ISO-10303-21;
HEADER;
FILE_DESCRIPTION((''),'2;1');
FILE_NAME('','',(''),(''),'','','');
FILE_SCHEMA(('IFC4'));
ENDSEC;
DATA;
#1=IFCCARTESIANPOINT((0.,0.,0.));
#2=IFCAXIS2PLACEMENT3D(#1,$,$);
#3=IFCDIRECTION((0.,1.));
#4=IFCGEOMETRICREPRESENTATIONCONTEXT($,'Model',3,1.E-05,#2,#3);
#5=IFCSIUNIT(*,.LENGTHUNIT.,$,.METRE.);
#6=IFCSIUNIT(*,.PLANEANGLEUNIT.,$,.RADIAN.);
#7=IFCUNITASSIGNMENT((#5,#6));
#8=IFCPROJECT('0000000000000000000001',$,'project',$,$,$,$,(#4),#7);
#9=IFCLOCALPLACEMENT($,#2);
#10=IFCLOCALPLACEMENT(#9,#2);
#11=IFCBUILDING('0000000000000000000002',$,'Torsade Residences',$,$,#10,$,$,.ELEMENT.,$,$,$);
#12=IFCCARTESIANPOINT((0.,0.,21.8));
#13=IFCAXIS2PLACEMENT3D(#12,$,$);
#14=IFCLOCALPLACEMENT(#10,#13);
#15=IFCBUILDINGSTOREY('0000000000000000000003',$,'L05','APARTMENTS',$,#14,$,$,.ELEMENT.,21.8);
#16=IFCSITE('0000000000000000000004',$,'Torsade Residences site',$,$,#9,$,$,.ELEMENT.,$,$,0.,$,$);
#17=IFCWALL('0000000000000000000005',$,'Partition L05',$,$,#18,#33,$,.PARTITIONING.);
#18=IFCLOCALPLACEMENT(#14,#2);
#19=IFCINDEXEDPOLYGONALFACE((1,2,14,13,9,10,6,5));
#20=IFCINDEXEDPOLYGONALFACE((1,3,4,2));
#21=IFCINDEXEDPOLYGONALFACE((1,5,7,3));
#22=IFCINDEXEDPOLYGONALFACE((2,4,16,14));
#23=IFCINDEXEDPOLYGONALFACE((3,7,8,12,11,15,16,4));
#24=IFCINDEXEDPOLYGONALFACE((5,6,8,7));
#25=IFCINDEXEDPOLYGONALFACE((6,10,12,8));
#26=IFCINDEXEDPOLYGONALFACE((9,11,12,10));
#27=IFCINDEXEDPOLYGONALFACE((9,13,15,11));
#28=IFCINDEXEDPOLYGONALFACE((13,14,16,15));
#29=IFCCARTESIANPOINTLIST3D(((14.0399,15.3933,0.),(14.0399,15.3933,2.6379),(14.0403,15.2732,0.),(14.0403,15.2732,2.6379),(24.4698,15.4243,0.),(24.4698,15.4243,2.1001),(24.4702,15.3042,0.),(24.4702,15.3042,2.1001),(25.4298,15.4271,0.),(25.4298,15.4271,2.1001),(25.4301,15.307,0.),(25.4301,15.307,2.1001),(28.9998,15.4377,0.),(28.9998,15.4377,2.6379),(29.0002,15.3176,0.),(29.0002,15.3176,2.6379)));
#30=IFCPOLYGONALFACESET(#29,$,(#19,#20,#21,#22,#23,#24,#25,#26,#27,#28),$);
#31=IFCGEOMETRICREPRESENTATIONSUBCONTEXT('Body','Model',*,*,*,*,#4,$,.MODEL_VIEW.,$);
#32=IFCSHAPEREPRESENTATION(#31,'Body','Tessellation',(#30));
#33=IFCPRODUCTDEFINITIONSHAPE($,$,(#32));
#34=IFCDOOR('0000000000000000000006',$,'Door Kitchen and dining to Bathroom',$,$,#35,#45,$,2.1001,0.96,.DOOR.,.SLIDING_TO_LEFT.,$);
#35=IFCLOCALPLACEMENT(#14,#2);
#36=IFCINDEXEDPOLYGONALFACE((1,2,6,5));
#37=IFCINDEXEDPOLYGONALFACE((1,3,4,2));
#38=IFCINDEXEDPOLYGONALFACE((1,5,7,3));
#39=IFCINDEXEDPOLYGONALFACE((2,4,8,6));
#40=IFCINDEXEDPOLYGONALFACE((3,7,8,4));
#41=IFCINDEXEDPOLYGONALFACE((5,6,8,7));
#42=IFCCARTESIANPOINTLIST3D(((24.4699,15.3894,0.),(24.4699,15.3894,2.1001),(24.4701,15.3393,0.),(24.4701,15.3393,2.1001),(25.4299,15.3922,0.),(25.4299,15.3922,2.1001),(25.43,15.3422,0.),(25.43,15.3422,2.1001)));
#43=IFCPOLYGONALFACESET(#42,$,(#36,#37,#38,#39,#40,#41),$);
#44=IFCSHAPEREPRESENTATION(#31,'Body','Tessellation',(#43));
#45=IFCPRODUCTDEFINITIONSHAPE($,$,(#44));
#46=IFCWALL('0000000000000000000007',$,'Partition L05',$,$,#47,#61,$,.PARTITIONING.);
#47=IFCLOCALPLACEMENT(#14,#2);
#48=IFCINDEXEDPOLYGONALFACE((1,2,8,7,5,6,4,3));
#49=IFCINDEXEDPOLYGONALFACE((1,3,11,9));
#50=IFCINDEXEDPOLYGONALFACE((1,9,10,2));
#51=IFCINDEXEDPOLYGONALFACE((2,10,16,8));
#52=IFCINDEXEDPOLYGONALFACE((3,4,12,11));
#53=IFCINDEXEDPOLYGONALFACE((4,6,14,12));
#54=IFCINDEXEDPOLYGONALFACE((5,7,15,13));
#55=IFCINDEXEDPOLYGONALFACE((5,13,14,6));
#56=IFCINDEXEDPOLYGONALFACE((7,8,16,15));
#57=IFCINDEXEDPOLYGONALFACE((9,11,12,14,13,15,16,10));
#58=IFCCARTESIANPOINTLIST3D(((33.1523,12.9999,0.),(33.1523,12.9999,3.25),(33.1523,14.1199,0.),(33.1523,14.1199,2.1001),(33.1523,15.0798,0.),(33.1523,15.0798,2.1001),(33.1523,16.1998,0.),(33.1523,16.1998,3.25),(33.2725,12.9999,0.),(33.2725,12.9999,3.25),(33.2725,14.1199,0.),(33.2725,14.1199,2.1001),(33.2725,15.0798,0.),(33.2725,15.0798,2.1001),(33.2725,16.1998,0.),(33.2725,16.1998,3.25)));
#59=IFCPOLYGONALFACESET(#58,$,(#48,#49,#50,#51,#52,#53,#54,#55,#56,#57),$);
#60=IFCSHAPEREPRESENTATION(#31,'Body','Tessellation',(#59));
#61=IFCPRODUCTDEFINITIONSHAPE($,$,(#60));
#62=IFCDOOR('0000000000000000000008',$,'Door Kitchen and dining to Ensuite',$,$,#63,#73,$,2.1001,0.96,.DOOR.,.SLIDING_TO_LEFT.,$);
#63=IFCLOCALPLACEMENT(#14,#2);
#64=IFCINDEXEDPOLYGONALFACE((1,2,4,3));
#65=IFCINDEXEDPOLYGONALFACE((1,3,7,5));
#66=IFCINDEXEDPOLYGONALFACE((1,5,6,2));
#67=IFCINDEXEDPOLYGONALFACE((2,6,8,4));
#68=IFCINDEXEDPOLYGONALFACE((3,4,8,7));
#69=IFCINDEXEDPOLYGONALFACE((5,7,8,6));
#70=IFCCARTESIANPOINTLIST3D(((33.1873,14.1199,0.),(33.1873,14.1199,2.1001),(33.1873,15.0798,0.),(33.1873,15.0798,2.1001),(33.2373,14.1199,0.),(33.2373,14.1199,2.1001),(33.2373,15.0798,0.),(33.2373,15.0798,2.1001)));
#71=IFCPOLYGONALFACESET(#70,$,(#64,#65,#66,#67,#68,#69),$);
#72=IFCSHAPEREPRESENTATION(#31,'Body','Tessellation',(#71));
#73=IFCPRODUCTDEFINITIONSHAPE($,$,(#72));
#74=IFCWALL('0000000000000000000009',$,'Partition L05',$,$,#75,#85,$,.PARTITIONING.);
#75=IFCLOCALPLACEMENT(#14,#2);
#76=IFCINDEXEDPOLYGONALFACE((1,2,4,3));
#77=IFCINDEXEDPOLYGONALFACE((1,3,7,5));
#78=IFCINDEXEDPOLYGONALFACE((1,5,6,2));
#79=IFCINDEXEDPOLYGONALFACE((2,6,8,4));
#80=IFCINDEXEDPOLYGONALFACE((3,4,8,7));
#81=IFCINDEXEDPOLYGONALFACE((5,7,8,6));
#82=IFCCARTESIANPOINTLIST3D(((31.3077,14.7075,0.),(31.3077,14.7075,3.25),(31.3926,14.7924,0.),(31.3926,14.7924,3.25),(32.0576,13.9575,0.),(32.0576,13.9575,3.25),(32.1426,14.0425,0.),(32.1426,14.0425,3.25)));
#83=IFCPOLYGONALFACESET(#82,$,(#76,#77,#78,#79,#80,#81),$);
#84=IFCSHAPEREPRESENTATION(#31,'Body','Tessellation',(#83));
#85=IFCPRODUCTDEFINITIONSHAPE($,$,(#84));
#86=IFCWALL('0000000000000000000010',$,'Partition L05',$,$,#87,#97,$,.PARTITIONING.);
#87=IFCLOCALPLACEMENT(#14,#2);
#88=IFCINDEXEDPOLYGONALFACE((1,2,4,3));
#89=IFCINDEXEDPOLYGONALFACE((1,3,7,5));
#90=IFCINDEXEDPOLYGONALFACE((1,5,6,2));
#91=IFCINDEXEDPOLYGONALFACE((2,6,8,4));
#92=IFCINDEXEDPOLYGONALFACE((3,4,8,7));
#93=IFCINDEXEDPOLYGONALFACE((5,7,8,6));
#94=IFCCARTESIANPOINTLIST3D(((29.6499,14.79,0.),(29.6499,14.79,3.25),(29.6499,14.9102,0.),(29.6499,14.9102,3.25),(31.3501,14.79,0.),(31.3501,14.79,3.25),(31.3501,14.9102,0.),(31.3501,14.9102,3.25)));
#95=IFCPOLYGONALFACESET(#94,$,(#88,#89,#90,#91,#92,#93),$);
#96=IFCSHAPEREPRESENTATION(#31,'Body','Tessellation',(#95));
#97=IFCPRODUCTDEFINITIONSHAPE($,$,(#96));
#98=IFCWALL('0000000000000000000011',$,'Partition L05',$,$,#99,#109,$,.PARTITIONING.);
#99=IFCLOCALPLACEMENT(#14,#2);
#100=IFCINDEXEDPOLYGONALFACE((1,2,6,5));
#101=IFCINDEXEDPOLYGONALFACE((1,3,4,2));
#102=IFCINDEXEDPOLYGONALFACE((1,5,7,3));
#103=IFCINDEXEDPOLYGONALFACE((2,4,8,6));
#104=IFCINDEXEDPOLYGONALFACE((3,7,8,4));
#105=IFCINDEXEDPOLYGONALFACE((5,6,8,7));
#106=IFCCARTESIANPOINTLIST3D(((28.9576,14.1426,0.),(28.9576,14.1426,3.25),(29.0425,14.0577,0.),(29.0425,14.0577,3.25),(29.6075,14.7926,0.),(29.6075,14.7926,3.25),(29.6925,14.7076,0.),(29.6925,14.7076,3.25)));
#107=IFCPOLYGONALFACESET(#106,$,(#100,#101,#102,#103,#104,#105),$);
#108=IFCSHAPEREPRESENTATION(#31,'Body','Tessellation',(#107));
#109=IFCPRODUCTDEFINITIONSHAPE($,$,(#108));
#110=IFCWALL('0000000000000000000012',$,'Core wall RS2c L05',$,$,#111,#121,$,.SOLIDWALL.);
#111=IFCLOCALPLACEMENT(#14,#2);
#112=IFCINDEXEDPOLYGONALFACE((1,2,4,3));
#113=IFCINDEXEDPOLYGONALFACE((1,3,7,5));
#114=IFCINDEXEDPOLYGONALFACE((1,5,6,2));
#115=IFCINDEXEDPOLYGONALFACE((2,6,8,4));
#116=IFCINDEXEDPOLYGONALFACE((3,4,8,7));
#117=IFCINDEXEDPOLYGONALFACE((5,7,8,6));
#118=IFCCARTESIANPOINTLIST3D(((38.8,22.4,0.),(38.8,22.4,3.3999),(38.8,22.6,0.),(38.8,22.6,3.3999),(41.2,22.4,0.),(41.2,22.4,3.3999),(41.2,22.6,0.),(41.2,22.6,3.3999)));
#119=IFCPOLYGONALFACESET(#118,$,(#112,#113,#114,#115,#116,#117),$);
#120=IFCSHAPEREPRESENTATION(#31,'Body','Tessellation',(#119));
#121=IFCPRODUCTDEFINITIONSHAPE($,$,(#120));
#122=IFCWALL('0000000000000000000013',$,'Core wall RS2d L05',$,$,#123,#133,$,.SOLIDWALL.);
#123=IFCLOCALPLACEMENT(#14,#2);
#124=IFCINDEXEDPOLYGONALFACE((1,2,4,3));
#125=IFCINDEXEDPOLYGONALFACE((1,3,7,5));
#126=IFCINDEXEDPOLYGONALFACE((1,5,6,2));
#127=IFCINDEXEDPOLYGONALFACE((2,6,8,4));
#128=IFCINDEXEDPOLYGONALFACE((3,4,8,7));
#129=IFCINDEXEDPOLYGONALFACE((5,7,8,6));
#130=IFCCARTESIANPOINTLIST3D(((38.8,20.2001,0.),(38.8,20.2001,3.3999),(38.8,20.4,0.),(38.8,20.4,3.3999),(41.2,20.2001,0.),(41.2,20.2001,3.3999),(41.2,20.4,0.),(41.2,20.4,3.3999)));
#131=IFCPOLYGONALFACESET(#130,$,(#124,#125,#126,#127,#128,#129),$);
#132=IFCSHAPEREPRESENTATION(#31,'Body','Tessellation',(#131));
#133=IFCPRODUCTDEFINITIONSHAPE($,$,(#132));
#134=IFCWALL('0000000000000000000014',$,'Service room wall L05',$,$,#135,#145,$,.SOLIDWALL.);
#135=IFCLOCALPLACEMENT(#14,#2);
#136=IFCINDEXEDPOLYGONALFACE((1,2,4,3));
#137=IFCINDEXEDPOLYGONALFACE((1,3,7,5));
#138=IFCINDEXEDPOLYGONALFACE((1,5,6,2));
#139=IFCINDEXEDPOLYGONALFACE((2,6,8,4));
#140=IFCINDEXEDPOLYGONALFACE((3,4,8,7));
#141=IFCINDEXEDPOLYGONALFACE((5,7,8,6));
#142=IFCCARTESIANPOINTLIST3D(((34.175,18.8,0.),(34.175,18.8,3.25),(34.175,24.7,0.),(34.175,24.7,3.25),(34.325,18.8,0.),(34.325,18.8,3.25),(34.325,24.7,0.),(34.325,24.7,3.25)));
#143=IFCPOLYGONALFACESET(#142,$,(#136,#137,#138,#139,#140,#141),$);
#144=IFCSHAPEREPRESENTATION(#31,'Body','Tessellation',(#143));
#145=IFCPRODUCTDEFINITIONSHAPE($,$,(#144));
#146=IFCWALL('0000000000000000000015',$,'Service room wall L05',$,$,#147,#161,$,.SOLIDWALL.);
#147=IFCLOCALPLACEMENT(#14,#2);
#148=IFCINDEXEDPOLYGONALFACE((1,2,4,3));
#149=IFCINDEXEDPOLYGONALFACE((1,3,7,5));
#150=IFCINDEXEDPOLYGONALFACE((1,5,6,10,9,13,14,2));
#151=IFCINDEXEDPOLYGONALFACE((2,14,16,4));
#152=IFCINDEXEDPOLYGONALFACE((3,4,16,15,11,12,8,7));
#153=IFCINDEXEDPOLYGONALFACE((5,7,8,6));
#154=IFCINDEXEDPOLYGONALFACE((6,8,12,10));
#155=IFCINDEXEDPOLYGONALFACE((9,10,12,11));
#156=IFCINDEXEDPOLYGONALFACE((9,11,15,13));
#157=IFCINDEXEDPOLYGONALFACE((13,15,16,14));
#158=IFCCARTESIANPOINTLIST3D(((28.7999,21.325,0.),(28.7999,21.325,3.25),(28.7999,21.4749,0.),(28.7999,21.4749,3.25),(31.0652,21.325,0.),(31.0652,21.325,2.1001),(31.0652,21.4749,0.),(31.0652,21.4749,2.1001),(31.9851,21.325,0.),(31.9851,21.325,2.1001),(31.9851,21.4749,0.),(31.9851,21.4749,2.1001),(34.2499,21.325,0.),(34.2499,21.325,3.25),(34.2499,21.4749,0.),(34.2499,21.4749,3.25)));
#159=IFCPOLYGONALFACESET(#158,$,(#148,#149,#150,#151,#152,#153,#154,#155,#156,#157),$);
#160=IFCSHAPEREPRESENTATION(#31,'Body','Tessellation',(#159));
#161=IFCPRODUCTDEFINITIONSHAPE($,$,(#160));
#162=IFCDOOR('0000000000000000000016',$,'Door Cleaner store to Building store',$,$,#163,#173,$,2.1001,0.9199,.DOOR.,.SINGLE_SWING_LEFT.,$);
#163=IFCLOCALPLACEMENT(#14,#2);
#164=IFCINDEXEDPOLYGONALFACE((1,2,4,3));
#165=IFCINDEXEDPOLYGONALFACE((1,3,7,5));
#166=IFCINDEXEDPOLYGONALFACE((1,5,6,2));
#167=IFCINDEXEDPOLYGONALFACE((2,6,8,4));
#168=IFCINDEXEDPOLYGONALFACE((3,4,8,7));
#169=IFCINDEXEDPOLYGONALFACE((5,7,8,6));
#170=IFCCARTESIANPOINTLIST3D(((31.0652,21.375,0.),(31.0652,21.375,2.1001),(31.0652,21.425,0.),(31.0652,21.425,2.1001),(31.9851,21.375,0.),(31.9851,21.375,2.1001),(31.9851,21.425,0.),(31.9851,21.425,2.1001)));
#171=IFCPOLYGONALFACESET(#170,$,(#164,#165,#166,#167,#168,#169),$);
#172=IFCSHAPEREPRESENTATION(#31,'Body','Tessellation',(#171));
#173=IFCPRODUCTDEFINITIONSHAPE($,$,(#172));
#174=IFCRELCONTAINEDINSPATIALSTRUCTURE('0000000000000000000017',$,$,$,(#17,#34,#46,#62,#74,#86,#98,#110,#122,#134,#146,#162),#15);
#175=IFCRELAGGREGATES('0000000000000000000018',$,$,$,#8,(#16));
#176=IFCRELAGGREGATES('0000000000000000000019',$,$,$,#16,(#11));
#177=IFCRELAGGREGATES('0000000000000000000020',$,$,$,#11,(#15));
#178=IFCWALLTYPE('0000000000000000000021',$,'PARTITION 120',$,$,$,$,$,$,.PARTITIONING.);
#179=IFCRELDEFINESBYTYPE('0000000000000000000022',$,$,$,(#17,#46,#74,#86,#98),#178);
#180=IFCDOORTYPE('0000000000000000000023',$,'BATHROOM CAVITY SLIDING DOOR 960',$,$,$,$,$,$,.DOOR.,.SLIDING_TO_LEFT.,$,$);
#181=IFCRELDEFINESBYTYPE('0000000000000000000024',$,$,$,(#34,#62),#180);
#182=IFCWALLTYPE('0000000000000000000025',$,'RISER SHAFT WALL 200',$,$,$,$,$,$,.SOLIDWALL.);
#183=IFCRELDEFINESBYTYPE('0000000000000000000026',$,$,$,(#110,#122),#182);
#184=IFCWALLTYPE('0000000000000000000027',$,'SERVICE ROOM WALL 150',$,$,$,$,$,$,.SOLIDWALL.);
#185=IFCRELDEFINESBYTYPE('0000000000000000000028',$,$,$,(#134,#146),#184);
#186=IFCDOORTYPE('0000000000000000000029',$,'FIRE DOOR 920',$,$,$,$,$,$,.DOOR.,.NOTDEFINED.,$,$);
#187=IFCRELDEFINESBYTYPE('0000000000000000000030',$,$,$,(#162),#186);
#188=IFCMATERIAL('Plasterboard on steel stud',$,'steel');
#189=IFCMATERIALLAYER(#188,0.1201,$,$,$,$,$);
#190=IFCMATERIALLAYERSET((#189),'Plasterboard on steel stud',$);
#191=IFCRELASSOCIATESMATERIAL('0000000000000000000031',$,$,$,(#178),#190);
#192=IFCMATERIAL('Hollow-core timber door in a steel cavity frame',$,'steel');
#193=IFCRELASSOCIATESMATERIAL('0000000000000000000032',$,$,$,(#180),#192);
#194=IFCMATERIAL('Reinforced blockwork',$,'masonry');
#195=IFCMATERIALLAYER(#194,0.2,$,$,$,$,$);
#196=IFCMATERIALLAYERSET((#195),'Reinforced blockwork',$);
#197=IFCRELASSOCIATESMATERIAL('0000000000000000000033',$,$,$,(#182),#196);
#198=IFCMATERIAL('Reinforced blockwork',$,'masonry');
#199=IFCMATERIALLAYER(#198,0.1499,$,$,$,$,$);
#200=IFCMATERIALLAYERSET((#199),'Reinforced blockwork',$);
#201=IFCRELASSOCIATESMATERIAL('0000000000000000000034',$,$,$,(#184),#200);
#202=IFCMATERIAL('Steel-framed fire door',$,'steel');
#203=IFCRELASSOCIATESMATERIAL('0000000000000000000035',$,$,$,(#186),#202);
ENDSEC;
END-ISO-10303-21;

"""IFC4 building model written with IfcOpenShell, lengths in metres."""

from ifc_helpers import new_model, si_unit, direction, frame, frame_2d, origin, place, context, subcontext, project, spatial, rectangle, extrude, material, layer, layer_set, type_object, element, fill, save


model = new_model("IFC4")

# Units and contexts
model_context = context("Model", 3, precision=1e-05, world=origin(), true_north=direction((0.0, 1.0)))
body_context = subcontext(model_context, "Body", "Model", "MODEL_VIEW")
ifc_project = project(units=[si_unit("LENGTHUNIT", "METRE"), si_unit("PLANEANGLEUNIT", "RADIAN")], contexts=[model_context])

# Site, building, storey
site_placement = place(None, origin())
site = spatial("IfcSite", under=ifc_project, at=site_placement, Name="Torsade Residences site", CompositionType="ELEMENT", RefElevation=0.0)
building_placement = place(site_placement, origin())
building = spatial("IfcBuilding", under=site, at=building_placement, Name="Torsade Residences", CompositionType="ELEMENT")
storey_placement = place(building_placement, frame((0.0, 0.0, 21.8)))
storey = spatial("IfcBuildingStorey", under=building, at=storey_placement, Name="L05", Description="APARTMENTS", CompositionType="ELEMENT", Elevation=21.8)

# Walls, openings, doors
ifc_material_1 = material(Name="Plasterboard on steel stud", Category="steel")
ifc_layer_1 = layer(ifc_material_1, 0.1201)
ifc_layer_set_1 = layer_set([ifc_layer_1], Name="Plasterboard on steel stud")
wall_type_1 = type_object("IfcWallType", Name="PARTITION 120", PredefinedType="PARTITIONING", material=ifc_layer_set_1)
wall_1_placement = place(storey_placement, frame((29.0, 15.3777, 0.0), z_axis=(0.0, 0.0, 1.0), x_axis=(-0.999996, -0.00297, 0.0)))
wall_1 = element("IfcWall", 1, at=wall_1_placement, inside=storey, type_object=wall_type_1, Name="Partition L05", PredefinedType="PARTITIONING", context=body_context, shape_type="SweptSolid", body=[
    extrude(rectangle(XDim=14.96, YDim=0.1201, at=frame_2d((7.48, 0.0))), origin(), (0.0, 0.0, 1.0), 2.6379),
])
opening_1_placement = place(wall_1_placement, frame((3.5701, 0.0, 0.0)))
opening_1 = element("IfcOpeningElement", 2, at=opening_1_placement, cuts=wall_1, PredefinedType="OPENING", context=body_context, shape_type="SweptSolid", body=[
    extrude(rectangle(XDim=0.96, YDim=2.1001, at=frame_2d((0.48, 1.05))), frame((0.0, 0.0701, 0.0), z_axis=(0.0, -1.0, 0.0), x_axis=(1.0, 0.0, 0.0)), (0.0, 0.0, 1.0), 0.1401),
])
ifc_material_2 = material(Name="Hollow-core timber door in a steel cavity frame", Category="steel")
door_type_1 = type_object("IfcDoorType", Name="BATHROOM CAVITY SLIDING DOOR 960", OperationType="SLIDING_TO_LEFT", PredefinedType="DOOR", material=ifc_material_2)
door_1_placement = place(opening_1_placement, origin())
door_1 = element("IfcDoor", 3, at=door_1_placement, inside=storey, type_object=door_type_1, Name="Door Kitchen and dining to Bathroom", OperationType="SLIDING_TO_LEFT", OverallHeight=2.1001, OverallWidth=0.96, PredefinedType="DOOR", context=body_context, shape_type="SweptSolid", body=[
    extrude(rectangle(XDim=0.96, YDim=2.1001, at=frame_2d((0.48, 1.05))), frame((0.0, 0.0249, 0.0), z_axis=(0.0, -1.0, 0.0), x_axis=(1.0, 0.0, 0.0)), (0.0, 0.0, 1.0), 0.05),
])
fill(opening_1, door_1)
wall_2_placement = place(storey_placement, frame((33.2124, 16.2, 0.0), z_axis=(0.0, 0.0, 1.0), x_axis=(0.0, -1.0, 0.0)))
wall_2 = element("IfcWall", 4, at=wall_2_placement, inside=storey, type_object=wall_type_1, Name="Partition L05", PredefinedType="PARTITIONING", context=body_context, shape_type="SweptSolid", body=[
    extrude(rectangle(XDim=3.2, YDim=0.1201, at=frame_2d((1.6001, 0.0))), origin(), (0.0, 0.0, 1.0), 3.25),
])
opening_2_placement = place(wall_2_placement, frame((1.1201, 0.0, 0.0)))
opening_2 = element("IfcOpeningElement", 5, at=opening_2_placement, cuts=wall_2, PredefinedType="OPENING", context=body_context, shape_type="SweptSolid", body=[
    extrude(rectangle(XDim=0.96, YDim=2.1001, at=frame_2d((0.48, 1.05))), frame((0.0, 0.0701, 0.0), z_axis=(0.0, -1.0, 0.0), x_axis=(1.0, 0.0, 0.0)), (0.0, 0.0, 1.0), 0.1401),
])
door_2_placement = place(opening_2_placement, origin())
door_2 = element("IfcDoor", 6, at=door_2_placement, inside=storey, type_object=door_type_1, Name="Door Kitchen and dining to Ensuite", OperationType="SLIDING_TO_LEFT", OverallHeight=2.1001, OverallWidth=0.96, PredefinedType="DOOR", context=body_context, shape_type="SweptSolid", body=[
    extrude(rectangle(XDim=0.96, YDim=2.1001, at=frame_2d((0.48, 1.05))), frame((0.0, 0.0249, 0.0), z_axis=(0.0, -1.0, 0.0), x_axis=(1.0, 0.0, 0.0)), (0.0, 0.0, 1.0), 0.05),
])
fill(opening_2, door_2)

# Walls
wall_3_placement = place(storey_placement, frame((32.1001, 14.0, 0.0), z_axis=(0.0, 0.0, 1.0), x_axis=(-0.707107, 0.707107, 0.0)))
element("IfcWall", 7, at=wall_3_placement, inside=storey, type_object=wall_type_1, Name="Partition L05", PredefinedType="PARTITIONING", context=body_context, shape_type="SweptSolid", body=[
    extrude(rectangle(XDim=1.0605, YDim=0.1201, at=frame_2d((0.5303, 0.0))), origin(), (0.0, 0.0, 1.0), 3.25),
])
wall_4_placement = place(storey_placement, frame((31.3501, 14.8501, 0.0), z_axis=(0.0, 0.0, 1.0), x_axis=(-1.0, 0.0, 0.0)))
element("IfcWall", 8, at=wall_4_placement, inside=storey, type_object=wall_type_1, Name="Partition L05", PredefinedType="PARTITIONING", context=body_context, shape_type="SweptSolid", body=[
    extrude(rectangle(XDim=1.7002, YDim=0.1201, at=frame_2d((0.8501, 0.0))), origin(), (0.0, 0.0, 1.0), 3.25),
])
wall_5_placement = place(storey_placement, frame((29.6499, 14.75, 0.0), z_axis=(0.0, 0.0, 1.0), x_axis=(-0.707107, -0.707107, 0.0)))
element("IfcWall", 9, at=wall_5_placement, inside=storey, type_object=wall_type_1, Name="Partition L05", PredefinedType="PARTITIONING", context=body_context, shape_type="SweptSolid", body=[
    extrude(rectangle(XDim=0.9192, YDim=0.1201, at=frame_2d((0.4595, 0.0))), origin(), (0.0, 0.0, 1.0), 3.25),
])
ifc_material_3 = material(Name="Reinforced blockwork", Category="masonry")
ifc_layer_2 = layer(ifc_material_3, 0.2)
ifc_layer_set_2 = layer_set([ifc_layer_2], Name="Reinforced blockwork")
wall_type_2 = type_object("IfcWallType", Name="RISER SHAFT WALL 200", PredefinedType="SOLIDWALL", material=ifc_layer_set_2)
for number, where, z_axis, x_axis, name in (
    (10, (38.8, 22.5, 0.0), (0.0, 0.0, 1.0), (1.0, 0.0, 0.0), "Core wall RS2c L05"),
    (11, (38.8, 20.3, 0.0), (0.0, 0.0, 1.0), (1.0, 0.0, 0.0), "Core wall RS2d L05"),
):
    element("IfcWall", number, at=place(storey_placement, frame(where, z_axis=z_axis, x_axis=x_axis)), inside=storey, type_object=wall_type_2, Name=name, PredefinedType="SOLIDWALL", context=body_context, shape_type="SweptSolid", body=[
        extrude(rectangle(XDim=2.3999, YDim=0.2, at=frame_2d((1.2, 0.0))), origin(), (0.0, 0.0, 1.0), 3.3999),
    ])
ifc_material_4 = material(Name="Reinforced blockwork", Category="masonry")
ifc_layer_3 = layer(ifc_material_4, 0.1499)
ifc_layer_set_3 = layer_set([ifc_layer_3], Name="Reinforced blockwork")
wall_type_3 = type_object("IfcWallType", Name="SERVICE ROOM WALL 150", PredefinedType="SOLIDWALL", material=ifc_layer_set_3)
wall_6_placement = place(storey_placement, frame((34.25, 18.8, 0.0), z_axis=(0.0, 0.0, 1.0), x_axis=(0.0, 1.0, 0.0)))
element("IfcWall", 12, at=wall_6_placement, inside=storey, type_object=wall_type_3, Name="Service room wall L05", PredefinedType="SOLIDWALL", context=body_context, shape_type="SweptSolid", body=[
    extrude(rectangle(XDim=5.8999, YDim=0.1499, at=frame_2d((2.95, 0.0))), origin(), (0.0, 0.0, 1.0), 3.25),
])

# Wall, opening, door
wall_7_placement = place(storey_placement, frame((34.25, 21.3999, 0.0), z_axis=(0.0, 0.0, 1.0), x_axis=(-1.0, 0.0, 0.0)))
wall_7 = element("IfcWall", 13, at=wall_7_placement, inside=storey, type_object=wall_type_3, Name="Service room wall L05", PredefinedType="SOLIDWALL", context=body_context, shape_type="SweptSolid", body=[
    extrude(rectangle(XDim=5.45, YDim=0.1499, at=frame_2d((2.7251, 0.0))), origin(), (0.0, 0.0, 1.0), 3.25),
])
opening_3_placement = place(wall_7_placement, frame((2.2649, 0.0, 0.0)))
opening_3 = element("IfcOpeningElement", 14, at=opening_3_placement, cuts=wall_7, PredefinedType="OPENING", context=body_context, shape_type="SweptSolid", body=[
    extrude(rectangle(XDim=0.9199, YDim=2.1001, at=frame_2d((0.46, 1.05))), frame((0.0, 0.085, 0.0), z_axis=(0.0, -1.0, 0.0), x_axis=(1.0, 0.0, 0.0)), (0.0, 0.0, 1.0), 0.1699),
])
ifc_material_5 = material(Name="Steel-framed fire door", Category="steel")
door_type_2 = type_object("IfcDoorType", Name="FIRE DOOR 920", OperationType="NOTDEFINED", PredefinedType="DOOR", material=ifc_material_5)
door_3_placement = place(opening_3_placement, origin())
door_3 = element("IfcDoor", 15, at=door_3_placement, inside=storey, type_object=door_type_2, Name="Door Cleaner store to Building store", OperationType="SINGLE_SWING_LEFT", OverallHeight=2.1001, OverallWidth=0.9199, PredefinedType="DOOR", context=body_context, shape_type="SweptSolid", body=[
    extrude(rectangle(XDim=0.9199, YDim=2.1001, at=frame_2d((0.46, 1.05))), frame((0.0, 0.0249, 0.0), z_axis=(0.0, -1.0, 0.0), x_axis=(1.0, 0.0, 0.0)), (0.0, 0.0, 1.0), 0.05),
])
fill(opening_3, door_3)

save(model, "model.ifc")
